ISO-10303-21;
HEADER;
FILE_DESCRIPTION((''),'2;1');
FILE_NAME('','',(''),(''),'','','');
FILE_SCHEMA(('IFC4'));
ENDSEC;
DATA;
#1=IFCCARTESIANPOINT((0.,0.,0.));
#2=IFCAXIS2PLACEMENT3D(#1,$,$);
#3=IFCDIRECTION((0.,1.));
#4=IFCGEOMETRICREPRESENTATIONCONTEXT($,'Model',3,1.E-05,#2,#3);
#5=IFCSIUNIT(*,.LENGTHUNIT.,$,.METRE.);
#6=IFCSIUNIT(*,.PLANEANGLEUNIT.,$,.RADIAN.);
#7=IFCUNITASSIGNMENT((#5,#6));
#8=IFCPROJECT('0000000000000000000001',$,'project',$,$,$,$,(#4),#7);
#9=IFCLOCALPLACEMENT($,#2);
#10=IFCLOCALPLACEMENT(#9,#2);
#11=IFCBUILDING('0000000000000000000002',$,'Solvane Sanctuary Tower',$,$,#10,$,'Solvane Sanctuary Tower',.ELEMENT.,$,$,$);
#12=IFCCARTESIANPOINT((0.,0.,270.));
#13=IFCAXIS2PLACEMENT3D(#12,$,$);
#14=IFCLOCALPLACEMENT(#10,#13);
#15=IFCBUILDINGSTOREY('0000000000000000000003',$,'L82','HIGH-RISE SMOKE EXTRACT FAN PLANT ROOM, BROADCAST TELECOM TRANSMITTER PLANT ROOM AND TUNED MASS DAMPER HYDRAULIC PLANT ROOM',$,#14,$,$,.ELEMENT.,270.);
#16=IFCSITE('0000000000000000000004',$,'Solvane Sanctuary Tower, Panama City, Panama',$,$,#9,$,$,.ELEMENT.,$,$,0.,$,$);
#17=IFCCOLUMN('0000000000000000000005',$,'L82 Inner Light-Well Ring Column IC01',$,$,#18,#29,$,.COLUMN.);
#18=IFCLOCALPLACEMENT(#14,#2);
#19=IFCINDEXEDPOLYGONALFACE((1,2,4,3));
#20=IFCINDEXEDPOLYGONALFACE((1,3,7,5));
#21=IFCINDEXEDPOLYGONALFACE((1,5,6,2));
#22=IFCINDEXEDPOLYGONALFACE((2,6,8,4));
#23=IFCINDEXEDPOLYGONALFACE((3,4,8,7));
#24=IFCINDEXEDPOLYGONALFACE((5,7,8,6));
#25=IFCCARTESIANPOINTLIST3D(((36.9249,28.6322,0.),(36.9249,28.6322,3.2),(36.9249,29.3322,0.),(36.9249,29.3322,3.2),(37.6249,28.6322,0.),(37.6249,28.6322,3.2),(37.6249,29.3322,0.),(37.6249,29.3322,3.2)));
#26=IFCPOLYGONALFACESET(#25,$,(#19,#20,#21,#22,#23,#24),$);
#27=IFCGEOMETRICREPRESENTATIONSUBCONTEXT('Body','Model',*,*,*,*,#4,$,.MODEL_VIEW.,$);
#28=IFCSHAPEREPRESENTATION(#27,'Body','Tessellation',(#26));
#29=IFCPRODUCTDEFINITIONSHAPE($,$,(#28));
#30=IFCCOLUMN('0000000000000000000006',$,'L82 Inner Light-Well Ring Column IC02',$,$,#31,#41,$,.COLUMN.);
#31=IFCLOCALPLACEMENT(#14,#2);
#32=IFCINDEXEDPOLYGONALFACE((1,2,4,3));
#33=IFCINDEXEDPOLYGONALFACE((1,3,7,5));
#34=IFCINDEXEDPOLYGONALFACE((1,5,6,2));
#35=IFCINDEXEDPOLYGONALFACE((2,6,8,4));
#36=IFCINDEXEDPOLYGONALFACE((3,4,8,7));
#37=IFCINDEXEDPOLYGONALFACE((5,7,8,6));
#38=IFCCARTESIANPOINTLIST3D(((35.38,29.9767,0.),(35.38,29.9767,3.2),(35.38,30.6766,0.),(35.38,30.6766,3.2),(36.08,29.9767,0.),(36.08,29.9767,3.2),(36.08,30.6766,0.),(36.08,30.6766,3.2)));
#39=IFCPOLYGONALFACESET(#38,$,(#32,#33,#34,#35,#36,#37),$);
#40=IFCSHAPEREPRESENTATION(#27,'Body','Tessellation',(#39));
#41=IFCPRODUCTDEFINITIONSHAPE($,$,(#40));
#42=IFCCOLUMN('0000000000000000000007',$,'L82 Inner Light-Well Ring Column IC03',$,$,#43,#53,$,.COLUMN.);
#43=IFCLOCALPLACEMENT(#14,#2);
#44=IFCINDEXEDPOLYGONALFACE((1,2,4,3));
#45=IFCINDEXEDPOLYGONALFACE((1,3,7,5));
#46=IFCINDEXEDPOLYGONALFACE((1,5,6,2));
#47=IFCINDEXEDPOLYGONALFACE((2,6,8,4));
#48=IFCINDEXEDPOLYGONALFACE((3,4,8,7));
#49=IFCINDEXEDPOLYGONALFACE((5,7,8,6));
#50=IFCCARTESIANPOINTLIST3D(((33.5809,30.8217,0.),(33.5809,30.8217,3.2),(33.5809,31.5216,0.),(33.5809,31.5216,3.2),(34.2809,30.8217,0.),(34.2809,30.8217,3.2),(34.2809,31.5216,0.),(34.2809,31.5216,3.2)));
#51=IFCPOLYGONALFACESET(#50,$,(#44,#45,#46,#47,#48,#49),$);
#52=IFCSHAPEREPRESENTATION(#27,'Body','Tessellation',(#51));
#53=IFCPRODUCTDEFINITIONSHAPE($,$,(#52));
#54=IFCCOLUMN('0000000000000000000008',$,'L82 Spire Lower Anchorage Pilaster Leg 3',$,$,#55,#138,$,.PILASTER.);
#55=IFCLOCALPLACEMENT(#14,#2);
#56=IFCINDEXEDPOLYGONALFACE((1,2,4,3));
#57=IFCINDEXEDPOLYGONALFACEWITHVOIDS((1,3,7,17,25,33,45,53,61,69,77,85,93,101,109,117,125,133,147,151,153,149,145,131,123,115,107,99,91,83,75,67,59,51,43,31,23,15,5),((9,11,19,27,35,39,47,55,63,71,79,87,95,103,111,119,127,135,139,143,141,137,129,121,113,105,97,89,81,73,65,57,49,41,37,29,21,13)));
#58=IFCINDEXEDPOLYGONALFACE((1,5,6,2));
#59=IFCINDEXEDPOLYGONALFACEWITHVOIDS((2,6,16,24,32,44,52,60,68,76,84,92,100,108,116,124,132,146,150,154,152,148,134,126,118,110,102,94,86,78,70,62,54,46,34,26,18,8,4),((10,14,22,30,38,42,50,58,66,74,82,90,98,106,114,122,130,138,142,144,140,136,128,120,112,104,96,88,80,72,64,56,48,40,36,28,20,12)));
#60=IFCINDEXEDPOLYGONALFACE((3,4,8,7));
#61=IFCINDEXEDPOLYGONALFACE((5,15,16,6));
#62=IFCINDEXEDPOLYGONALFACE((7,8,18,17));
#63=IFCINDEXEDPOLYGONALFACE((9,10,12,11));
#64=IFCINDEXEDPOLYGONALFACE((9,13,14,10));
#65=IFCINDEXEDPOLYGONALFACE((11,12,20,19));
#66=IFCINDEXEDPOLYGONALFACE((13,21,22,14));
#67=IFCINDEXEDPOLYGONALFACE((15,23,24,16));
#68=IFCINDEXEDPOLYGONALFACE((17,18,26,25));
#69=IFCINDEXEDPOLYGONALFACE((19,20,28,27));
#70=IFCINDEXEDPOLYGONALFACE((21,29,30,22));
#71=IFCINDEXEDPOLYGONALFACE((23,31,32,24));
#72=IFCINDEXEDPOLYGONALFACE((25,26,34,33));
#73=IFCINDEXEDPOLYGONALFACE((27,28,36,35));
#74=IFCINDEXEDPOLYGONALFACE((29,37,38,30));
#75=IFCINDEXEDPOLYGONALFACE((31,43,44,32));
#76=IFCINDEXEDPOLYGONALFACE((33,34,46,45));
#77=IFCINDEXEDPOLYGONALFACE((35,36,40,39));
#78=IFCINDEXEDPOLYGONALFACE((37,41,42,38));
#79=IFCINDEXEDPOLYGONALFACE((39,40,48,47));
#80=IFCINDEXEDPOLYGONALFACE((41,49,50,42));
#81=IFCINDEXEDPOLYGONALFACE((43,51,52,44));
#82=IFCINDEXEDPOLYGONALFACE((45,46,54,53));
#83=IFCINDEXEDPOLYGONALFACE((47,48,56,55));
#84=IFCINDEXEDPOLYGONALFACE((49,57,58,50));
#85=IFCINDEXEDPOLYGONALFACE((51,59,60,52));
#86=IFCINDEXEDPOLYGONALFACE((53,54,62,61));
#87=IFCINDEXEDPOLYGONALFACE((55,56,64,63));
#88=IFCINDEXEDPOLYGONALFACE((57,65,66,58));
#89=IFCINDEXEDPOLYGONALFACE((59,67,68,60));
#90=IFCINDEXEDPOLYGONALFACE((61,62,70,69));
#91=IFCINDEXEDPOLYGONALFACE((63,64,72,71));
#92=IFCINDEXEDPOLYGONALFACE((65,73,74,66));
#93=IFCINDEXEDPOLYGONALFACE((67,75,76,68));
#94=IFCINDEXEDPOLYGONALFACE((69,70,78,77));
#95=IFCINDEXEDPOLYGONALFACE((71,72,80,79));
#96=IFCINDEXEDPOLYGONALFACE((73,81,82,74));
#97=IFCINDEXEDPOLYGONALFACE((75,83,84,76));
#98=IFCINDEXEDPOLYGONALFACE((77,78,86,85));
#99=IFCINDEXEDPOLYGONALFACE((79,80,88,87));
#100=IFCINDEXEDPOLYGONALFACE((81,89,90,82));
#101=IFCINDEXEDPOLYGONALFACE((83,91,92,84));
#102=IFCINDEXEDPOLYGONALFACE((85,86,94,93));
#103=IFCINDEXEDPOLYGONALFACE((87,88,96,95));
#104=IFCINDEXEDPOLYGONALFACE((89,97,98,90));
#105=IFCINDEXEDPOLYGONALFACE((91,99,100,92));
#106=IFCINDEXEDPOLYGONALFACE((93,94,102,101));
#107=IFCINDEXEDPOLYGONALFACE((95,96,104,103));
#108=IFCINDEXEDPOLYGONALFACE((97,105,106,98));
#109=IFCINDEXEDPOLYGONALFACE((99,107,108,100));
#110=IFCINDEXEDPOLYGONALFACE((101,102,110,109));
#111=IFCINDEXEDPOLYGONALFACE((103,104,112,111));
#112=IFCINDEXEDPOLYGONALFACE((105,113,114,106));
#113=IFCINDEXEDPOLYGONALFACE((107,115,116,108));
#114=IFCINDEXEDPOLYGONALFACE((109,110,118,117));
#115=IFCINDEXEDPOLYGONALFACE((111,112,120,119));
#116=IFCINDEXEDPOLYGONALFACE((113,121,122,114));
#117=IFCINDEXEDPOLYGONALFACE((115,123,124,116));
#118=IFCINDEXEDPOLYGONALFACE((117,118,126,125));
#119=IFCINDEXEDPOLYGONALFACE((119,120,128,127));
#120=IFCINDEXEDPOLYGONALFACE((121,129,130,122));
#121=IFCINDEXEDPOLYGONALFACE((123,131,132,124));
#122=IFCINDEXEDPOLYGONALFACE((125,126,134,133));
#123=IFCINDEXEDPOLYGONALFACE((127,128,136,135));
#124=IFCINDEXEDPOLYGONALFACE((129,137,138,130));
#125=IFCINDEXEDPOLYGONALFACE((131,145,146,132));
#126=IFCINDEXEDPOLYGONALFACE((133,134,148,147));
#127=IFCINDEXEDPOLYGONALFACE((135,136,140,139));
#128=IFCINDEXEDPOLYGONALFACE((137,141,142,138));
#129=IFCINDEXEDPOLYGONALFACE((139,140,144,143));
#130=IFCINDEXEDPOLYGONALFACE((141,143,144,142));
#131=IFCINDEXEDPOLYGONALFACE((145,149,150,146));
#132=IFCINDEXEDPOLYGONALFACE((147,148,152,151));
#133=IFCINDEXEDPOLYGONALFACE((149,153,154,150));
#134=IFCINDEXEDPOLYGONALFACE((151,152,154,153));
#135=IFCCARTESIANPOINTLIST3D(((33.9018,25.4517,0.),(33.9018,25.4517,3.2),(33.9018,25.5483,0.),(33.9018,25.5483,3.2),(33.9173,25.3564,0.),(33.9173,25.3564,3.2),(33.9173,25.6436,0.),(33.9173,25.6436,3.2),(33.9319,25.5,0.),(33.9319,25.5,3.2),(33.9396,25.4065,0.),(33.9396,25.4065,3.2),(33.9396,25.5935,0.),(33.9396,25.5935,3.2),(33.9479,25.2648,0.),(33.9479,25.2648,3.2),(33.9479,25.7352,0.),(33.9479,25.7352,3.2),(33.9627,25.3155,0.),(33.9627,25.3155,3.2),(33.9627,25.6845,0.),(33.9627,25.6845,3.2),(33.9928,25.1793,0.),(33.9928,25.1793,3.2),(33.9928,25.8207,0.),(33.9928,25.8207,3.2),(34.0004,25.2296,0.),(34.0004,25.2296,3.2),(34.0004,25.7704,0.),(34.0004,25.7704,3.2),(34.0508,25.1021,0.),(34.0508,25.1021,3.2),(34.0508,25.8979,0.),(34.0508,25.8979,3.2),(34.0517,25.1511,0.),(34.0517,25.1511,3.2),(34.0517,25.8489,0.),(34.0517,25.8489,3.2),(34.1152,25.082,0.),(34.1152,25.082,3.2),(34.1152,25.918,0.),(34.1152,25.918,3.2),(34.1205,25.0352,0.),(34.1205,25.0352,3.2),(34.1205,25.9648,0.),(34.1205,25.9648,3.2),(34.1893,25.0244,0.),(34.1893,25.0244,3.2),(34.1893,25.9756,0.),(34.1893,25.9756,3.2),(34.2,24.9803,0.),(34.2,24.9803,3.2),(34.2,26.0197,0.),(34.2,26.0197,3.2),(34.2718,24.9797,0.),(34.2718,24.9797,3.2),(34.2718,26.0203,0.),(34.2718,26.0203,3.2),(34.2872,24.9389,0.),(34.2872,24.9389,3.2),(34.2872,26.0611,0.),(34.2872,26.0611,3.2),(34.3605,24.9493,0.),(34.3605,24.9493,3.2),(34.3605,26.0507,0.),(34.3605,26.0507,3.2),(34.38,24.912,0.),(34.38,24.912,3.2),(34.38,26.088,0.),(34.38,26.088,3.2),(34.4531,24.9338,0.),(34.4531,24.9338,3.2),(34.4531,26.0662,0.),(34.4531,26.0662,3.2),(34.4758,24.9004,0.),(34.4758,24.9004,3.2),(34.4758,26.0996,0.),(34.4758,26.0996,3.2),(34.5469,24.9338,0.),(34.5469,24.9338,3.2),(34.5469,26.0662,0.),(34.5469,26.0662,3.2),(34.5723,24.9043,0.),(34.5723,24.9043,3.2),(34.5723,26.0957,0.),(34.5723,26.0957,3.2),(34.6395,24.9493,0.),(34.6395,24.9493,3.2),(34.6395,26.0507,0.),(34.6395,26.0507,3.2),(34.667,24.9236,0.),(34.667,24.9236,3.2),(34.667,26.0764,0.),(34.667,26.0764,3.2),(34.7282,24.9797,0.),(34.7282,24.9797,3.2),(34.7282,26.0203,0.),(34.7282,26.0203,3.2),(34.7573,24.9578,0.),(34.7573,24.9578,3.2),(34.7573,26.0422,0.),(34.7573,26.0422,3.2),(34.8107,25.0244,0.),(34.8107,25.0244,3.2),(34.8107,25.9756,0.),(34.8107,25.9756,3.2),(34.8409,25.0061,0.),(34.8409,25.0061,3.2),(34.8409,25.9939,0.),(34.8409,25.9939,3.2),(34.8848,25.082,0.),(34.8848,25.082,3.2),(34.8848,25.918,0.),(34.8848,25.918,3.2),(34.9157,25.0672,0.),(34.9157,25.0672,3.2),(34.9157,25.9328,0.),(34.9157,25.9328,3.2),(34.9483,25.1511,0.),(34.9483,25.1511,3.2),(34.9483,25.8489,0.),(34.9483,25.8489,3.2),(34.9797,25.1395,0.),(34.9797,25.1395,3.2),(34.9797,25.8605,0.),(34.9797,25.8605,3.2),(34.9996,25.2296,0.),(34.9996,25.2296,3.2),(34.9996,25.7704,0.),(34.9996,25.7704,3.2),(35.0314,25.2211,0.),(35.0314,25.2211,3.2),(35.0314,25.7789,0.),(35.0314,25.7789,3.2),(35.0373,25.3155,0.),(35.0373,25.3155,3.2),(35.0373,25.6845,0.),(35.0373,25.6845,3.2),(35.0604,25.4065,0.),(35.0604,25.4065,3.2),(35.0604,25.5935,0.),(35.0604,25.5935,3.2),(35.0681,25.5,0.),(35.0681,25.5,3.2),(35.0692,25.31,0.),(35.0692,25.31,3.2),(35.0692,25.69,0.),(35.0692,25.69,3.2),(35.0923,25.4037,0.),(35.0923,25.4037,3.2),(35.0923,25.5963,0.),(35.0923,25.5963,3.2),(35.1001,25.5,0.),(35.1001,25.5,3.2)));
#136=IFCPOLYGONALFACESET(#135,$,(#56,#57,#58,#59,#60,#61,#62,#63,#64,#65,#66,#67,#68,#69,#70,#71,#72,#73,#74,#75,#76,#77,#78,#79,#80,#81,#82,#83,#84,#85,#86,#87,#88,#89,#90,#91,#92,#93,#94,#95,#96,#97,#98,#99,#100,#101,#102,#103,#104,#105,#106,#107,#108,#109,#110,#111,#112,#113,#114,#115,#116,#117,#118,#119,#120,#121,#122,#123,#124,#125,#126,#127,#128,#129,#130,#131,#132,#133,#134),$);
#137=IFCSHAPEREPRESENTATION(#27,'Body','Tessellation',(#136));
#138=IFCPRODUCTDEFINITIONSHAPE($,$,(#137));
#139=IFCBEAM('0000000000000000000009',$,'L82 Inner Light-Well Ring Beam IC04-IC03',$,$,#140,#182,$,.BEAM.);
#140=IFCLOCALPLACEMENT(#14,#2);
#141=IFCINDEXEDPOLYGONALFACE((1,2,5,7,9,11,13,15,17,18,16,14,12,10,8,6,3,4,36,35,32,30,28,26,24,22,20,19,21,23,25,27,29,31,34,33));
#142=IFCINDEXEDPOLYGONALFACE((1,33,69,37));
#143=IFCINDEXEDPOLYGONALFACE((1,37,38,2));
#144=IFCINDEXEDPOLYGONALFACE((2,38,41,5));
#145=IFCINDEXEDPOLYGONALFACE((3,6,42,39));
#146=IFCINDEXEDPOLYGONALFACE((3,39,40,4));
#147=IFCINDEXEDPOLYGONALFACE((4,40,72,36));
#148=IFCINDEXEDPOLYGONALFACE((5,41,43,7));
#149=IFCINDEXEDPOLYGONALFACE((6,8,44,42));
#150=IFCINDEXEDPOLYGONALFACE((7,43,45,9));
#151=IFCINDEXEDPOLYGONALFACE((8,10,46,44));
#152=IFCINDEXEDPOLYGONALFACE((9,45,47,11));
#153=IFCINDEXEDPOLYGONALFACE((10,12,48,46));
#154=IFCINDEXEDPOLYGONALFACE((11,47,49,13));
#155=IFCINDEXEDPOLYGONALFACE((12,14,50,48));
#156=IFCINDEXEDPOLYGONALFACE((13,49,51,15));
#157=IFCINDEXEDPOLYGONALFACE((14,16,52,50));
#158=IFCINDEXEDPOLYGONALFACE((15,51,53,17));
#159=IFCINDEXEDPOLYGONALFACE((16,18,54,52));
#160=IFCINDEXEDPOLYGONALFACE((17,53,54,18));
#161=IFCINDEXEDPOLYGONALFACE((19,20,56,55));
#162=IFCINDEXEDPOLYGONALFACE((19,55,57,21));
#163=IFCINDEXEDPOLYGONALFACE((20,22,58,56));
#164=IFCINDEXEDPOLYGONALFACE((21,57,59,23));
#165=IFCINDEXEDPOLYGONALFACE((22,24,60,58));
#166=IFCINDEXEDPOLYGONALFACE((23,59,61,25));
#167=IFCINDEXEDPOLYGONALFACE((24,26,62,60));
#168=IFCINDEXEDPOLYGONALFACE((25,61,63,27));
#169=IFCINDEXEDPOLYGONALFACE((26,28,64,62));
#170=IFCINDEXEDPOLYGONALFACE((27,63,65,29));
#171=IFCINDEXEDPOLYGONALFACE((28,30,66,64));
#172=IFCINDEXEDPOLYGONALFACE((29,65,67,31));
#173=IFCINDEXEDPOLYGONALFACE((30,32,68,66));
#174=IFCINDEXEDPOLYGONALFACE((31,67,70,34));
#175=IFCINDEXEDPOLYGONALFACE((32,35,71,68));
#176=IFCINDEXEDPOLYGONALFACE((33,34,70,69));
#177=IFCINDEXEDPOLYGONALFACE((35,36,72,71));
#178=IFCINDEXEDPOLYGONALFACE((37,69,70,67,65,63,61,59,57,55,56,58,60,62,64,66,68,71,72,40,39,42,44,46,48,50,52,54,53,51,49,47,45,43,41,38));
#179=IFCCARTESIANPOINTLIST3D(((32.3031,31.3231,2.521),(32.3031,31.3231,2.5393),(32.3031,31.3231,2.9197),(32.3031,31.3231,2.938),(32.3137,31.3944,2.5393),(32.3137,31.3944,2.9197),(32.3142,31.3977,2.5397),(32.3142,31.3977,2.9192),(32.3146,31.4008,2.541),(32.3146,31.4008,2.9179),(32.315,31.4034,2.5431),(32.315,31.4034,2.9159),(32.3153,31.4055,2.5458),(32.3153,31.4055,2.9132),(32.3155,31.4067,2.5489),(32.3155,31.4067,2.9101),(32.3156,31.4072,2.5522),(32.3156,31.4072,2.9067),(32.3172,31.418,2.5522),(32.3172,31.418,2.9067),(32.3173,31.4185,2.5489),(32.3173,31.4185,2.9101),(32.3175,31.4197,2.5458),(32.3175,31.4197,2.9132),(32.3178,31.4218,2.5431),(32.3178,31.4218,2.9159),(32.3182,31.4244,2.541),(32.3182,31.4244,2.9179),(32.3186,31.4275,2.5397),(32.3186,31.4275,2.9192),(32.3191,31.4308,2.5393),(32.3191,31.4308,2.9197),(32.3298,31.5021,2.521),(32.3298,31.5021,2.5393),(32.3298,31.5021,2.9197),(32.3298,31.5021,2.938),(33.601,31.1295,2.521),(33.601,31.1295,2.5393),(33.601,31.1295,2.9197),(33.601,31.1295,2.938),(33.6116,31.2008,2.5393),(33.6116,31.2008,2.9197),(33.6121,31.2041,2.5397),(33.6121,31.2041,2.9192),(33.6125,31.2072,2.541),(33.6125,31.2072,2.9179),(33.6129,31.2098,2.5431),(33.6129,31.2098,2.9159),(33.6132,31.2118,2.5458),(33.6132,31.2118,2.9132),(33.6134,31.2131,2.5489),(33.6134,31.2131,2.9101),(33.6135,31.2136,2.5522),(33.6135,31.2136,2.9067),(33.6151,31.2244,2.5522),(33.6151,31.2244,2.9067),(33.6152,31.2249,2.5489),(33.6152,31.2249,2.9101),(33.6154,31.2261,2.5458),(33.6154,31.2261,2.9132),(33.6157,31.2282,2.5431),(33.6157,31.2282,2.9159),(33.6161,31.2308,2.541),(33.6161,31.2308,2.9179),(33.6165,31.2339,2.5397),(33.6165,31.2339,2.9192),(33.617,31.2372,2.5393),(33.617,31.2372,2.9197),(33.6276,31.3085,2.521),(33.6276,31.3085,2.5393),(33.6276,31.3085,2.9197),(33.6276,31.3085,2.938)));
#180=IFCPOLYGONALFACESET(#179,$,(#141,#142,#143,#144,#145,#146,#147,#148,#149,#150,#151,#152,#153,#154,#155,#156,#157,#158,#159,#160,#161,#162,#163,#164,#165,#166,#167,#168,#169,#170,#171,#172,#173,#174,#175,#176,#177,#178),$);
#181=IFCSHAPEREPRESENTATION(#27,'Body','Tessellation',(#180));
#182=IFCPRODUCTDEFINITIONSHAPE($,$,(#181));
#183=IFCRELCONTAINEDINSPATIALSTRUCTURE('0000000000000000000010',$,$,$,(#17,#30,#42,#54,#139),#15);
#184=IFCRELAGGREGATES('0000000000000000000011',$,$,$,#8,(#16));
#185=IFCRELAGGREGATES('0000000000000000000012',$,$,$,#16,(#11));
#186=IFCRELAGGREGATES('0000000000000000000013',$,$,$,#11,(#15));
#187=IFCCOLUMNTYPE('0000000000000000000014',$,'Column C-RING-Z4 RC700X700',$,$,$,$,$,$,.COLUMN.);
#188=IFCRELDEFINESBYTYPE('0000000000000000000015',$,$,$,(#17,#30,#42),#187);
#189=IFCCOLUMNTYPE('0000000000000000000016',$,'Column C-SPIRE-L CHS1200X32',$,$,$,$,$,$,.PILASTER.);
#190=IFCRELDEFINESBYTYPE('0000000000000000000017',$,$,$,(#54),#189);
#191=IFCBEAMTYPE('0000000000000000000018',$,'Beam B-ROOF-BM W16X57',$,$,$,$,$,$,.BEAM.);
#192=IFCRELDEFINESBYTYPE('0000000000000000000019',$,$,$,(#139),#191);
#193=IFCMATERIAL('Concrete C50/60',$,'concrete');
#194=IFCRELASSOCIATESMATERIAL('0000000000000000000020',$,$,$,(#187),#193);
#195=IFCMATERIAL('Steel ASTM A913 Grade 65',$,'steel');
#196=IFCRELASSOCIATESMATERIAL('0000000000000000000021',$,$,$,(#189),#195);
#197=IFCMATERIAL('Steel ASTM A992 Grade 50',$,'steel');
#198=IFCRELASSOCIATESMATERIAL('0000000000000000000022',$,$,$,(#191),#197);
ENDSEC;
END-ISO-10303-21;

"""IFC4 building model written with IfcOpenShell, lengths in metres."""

from ifc_helpers import new_model, si_unit, direction, frame, origin, origin_2d, place, context, subcontext, project, spatial, rectangle, hollow_circle, i_section, extrude, material, material_profile, profile_set, type_object, element, save


model = new_model("IFC4")

# Units and contexts
model_context = context("Model", 3, precision=1e-05, world=origin(), true_north=direction((0.0, 1.0)))
body_context = subcontext(model_context, "Body", "Model", "MODEL_VIEW")
ifc_project = project(units=[si_unit("LENGTHUNIT", "METRE"), si_unit("PLANEANGLEUNIT", "RADIAN")], contexts=[model_context])

# Site, building, storey
site_placement = place(None, origin())
site = spatial("IfcSite", under=ifc_project, at=site_placement, Name="Solvane Sanctuary Tower, Panama City, Panama", CompositionType="ELEMENT", RefElevation=0.0)
building_placement = place(site_placement, origin())
building = spatial("IfcBuilding", under=site, at=building_placement, Name="Solvane Sanctuary Tower", LongName="Solvane Sanctuary Tower", CompositionType="ELEMENT")
storey_placement = place(building_placement, frame((0.0, 0.0, 270.0)))
storey = spatial("IfcBuildingStorey", under=building, at=storey_placement, Name="L82", Description="HIGH-RISE SMOKE EXTRACT FAN PLANT ROOM, BROADCAST TELECOM TRANSMITTER PLANT ROOM AND TUNED MASS DAMPER HYDRAULIC PLANT ROOM", CompositionType="ELEMENT", Elevation=270.0)

# Columns
ifc_material_1 = material(Name="Concrete C50/60", Category="concrete")
ifc_material_profile_1 = material_profile(ifc_material_1, rectangle(XDim=0.7, YDim=0.7, at=origin_2d()), Name="RC700X700")
ifc_profile_set_1 = profile_set([ifc_material_profile_1], Name="Concrete C50/60")
column_type_1 = type_object("IfcColumnType", Name="Column C-RING-Z4 RC700X700", PredefinedType="COLUMN", material=ifc_profile_set_1)
for number, where, z_axis, x_axis, name in (
    (1, (37.2749, 28.9822, 0.0), (0.0, 0.0, 1.0), (1.0, 0.0, 0.0), "L82 Inner Light-Well Ring Column IC01"),
    (2, (35.73, 30.3267, 0.0), (0.0, 0.0, 1.0), (1.0, 0.0, 0.0), "L82 Inner Light-Well Ring Column IC02"),
    (3, (33.9309, 31.1716, 0.0), (0.0, 0.0, 1.0), (1.0, 0.0, 0.0), "L82 Inner Light-Well Ring Column IC03"),
):
    element("IfcColumn", number, at=place(storey_placement, frame(where, z_axis=z_axis, x_axis=x_axis)), inside=storey, type_object=column_type_1, Name=name, PredefinedType="COLUMN", context=body_context, shape_type="SweptSolid", body=[
        extrude(rectangle(XDim=0.7, YDim=0.7, at=origin_2d()), origin(), (0.0, 0.0, 1.0), 3.2),
    ])
ifc_material_2 = material(Name="Steel ASTM A913 Grade 65", Category="steel")
ifc_material_profile_2 = material_profile(ifc_material_2, hollow_circle(Radius=0.6001, WallThickness=0.032, at=origin_2d()), Name="CHS1200X32")
ifc_profile_set_2 = profile_set([ifc_material_profile_2], Name="Steel ASTM A913 Grade 65")
column_type_2 = type_object("IfcColumnType", Name="Column C-SPIRE-L CHS1200X32", PredefinedType="PILASTER", material=ifc_profile_set_2)
column_placement = place(storey_placement, frame((34.5, 25.5, 0.0), z_axis=(0.0, 0.0, 1.0), x_axis=(1.0, 0.0, 0.0)))
element("IfcColumn", 4, at=column_placement, inside=storey, type_object=column_type_2, Name="L82 Spire Lower Anchorage Pilaster Leg 3", PredefinedType="PILASTER", context=body_context, shape_type="SweptSolid", body=[
    extrude(hollow_circle(Radius=0.6001, WallThickness=0.032, at=origin_2d()), origin(), (0.0, 0.0, 1.0), 3.2),
])

# Beam
ifc_material_3 = material(Name="Steel ASTM A992 Grade 50", Category="steel")
ifc_material_profile_3 = material_profile(ifc_material_3, i_section(OverallWidth=0.1809, OverallDepth=0.417, WebThickness=0.011, FlangeThickness=0.0183, FilletRadius=0.0129, at=origin_2d()), Name="W16X57")
ifc_profile_set_3 = profile_set([ifc_material_profile_3], Name="Steel ASTM A992 Grade 50")
beam_type_1 = type_object("IfcBeamType", Name="Beam B-ROOF-BM W16X57", PredefinedType="BEAM", material=ifc_profile_set_3)
beam_1_placement = place(storey_placement, frame((32.3164, 31.4126, 2.7295), z_axis=(0.989056, -0.14754, 0.0), x_axis=(0.14754, 0.989056, 0.0)))
element("IfcBeam", 5, at=beam_1_placement, inside=storey, type_object=beam_type_1, Name="L82 Inner Light-Well Ring Beam IC04-IC03", PredefinedType="BEAM", context=body_context, shape_type="SweptSolid", body=[
    extrude(i_section(OverallWidth=0.1809, OverallDepth=0.417, WebThickness=0.011, FlangeThickness=0.0183, FilletRadius=0.0129, at=origin_2d()), origin(), (0.0, 0.0, 1.0), 1.3123),
])

save(model, "model.ifc")
